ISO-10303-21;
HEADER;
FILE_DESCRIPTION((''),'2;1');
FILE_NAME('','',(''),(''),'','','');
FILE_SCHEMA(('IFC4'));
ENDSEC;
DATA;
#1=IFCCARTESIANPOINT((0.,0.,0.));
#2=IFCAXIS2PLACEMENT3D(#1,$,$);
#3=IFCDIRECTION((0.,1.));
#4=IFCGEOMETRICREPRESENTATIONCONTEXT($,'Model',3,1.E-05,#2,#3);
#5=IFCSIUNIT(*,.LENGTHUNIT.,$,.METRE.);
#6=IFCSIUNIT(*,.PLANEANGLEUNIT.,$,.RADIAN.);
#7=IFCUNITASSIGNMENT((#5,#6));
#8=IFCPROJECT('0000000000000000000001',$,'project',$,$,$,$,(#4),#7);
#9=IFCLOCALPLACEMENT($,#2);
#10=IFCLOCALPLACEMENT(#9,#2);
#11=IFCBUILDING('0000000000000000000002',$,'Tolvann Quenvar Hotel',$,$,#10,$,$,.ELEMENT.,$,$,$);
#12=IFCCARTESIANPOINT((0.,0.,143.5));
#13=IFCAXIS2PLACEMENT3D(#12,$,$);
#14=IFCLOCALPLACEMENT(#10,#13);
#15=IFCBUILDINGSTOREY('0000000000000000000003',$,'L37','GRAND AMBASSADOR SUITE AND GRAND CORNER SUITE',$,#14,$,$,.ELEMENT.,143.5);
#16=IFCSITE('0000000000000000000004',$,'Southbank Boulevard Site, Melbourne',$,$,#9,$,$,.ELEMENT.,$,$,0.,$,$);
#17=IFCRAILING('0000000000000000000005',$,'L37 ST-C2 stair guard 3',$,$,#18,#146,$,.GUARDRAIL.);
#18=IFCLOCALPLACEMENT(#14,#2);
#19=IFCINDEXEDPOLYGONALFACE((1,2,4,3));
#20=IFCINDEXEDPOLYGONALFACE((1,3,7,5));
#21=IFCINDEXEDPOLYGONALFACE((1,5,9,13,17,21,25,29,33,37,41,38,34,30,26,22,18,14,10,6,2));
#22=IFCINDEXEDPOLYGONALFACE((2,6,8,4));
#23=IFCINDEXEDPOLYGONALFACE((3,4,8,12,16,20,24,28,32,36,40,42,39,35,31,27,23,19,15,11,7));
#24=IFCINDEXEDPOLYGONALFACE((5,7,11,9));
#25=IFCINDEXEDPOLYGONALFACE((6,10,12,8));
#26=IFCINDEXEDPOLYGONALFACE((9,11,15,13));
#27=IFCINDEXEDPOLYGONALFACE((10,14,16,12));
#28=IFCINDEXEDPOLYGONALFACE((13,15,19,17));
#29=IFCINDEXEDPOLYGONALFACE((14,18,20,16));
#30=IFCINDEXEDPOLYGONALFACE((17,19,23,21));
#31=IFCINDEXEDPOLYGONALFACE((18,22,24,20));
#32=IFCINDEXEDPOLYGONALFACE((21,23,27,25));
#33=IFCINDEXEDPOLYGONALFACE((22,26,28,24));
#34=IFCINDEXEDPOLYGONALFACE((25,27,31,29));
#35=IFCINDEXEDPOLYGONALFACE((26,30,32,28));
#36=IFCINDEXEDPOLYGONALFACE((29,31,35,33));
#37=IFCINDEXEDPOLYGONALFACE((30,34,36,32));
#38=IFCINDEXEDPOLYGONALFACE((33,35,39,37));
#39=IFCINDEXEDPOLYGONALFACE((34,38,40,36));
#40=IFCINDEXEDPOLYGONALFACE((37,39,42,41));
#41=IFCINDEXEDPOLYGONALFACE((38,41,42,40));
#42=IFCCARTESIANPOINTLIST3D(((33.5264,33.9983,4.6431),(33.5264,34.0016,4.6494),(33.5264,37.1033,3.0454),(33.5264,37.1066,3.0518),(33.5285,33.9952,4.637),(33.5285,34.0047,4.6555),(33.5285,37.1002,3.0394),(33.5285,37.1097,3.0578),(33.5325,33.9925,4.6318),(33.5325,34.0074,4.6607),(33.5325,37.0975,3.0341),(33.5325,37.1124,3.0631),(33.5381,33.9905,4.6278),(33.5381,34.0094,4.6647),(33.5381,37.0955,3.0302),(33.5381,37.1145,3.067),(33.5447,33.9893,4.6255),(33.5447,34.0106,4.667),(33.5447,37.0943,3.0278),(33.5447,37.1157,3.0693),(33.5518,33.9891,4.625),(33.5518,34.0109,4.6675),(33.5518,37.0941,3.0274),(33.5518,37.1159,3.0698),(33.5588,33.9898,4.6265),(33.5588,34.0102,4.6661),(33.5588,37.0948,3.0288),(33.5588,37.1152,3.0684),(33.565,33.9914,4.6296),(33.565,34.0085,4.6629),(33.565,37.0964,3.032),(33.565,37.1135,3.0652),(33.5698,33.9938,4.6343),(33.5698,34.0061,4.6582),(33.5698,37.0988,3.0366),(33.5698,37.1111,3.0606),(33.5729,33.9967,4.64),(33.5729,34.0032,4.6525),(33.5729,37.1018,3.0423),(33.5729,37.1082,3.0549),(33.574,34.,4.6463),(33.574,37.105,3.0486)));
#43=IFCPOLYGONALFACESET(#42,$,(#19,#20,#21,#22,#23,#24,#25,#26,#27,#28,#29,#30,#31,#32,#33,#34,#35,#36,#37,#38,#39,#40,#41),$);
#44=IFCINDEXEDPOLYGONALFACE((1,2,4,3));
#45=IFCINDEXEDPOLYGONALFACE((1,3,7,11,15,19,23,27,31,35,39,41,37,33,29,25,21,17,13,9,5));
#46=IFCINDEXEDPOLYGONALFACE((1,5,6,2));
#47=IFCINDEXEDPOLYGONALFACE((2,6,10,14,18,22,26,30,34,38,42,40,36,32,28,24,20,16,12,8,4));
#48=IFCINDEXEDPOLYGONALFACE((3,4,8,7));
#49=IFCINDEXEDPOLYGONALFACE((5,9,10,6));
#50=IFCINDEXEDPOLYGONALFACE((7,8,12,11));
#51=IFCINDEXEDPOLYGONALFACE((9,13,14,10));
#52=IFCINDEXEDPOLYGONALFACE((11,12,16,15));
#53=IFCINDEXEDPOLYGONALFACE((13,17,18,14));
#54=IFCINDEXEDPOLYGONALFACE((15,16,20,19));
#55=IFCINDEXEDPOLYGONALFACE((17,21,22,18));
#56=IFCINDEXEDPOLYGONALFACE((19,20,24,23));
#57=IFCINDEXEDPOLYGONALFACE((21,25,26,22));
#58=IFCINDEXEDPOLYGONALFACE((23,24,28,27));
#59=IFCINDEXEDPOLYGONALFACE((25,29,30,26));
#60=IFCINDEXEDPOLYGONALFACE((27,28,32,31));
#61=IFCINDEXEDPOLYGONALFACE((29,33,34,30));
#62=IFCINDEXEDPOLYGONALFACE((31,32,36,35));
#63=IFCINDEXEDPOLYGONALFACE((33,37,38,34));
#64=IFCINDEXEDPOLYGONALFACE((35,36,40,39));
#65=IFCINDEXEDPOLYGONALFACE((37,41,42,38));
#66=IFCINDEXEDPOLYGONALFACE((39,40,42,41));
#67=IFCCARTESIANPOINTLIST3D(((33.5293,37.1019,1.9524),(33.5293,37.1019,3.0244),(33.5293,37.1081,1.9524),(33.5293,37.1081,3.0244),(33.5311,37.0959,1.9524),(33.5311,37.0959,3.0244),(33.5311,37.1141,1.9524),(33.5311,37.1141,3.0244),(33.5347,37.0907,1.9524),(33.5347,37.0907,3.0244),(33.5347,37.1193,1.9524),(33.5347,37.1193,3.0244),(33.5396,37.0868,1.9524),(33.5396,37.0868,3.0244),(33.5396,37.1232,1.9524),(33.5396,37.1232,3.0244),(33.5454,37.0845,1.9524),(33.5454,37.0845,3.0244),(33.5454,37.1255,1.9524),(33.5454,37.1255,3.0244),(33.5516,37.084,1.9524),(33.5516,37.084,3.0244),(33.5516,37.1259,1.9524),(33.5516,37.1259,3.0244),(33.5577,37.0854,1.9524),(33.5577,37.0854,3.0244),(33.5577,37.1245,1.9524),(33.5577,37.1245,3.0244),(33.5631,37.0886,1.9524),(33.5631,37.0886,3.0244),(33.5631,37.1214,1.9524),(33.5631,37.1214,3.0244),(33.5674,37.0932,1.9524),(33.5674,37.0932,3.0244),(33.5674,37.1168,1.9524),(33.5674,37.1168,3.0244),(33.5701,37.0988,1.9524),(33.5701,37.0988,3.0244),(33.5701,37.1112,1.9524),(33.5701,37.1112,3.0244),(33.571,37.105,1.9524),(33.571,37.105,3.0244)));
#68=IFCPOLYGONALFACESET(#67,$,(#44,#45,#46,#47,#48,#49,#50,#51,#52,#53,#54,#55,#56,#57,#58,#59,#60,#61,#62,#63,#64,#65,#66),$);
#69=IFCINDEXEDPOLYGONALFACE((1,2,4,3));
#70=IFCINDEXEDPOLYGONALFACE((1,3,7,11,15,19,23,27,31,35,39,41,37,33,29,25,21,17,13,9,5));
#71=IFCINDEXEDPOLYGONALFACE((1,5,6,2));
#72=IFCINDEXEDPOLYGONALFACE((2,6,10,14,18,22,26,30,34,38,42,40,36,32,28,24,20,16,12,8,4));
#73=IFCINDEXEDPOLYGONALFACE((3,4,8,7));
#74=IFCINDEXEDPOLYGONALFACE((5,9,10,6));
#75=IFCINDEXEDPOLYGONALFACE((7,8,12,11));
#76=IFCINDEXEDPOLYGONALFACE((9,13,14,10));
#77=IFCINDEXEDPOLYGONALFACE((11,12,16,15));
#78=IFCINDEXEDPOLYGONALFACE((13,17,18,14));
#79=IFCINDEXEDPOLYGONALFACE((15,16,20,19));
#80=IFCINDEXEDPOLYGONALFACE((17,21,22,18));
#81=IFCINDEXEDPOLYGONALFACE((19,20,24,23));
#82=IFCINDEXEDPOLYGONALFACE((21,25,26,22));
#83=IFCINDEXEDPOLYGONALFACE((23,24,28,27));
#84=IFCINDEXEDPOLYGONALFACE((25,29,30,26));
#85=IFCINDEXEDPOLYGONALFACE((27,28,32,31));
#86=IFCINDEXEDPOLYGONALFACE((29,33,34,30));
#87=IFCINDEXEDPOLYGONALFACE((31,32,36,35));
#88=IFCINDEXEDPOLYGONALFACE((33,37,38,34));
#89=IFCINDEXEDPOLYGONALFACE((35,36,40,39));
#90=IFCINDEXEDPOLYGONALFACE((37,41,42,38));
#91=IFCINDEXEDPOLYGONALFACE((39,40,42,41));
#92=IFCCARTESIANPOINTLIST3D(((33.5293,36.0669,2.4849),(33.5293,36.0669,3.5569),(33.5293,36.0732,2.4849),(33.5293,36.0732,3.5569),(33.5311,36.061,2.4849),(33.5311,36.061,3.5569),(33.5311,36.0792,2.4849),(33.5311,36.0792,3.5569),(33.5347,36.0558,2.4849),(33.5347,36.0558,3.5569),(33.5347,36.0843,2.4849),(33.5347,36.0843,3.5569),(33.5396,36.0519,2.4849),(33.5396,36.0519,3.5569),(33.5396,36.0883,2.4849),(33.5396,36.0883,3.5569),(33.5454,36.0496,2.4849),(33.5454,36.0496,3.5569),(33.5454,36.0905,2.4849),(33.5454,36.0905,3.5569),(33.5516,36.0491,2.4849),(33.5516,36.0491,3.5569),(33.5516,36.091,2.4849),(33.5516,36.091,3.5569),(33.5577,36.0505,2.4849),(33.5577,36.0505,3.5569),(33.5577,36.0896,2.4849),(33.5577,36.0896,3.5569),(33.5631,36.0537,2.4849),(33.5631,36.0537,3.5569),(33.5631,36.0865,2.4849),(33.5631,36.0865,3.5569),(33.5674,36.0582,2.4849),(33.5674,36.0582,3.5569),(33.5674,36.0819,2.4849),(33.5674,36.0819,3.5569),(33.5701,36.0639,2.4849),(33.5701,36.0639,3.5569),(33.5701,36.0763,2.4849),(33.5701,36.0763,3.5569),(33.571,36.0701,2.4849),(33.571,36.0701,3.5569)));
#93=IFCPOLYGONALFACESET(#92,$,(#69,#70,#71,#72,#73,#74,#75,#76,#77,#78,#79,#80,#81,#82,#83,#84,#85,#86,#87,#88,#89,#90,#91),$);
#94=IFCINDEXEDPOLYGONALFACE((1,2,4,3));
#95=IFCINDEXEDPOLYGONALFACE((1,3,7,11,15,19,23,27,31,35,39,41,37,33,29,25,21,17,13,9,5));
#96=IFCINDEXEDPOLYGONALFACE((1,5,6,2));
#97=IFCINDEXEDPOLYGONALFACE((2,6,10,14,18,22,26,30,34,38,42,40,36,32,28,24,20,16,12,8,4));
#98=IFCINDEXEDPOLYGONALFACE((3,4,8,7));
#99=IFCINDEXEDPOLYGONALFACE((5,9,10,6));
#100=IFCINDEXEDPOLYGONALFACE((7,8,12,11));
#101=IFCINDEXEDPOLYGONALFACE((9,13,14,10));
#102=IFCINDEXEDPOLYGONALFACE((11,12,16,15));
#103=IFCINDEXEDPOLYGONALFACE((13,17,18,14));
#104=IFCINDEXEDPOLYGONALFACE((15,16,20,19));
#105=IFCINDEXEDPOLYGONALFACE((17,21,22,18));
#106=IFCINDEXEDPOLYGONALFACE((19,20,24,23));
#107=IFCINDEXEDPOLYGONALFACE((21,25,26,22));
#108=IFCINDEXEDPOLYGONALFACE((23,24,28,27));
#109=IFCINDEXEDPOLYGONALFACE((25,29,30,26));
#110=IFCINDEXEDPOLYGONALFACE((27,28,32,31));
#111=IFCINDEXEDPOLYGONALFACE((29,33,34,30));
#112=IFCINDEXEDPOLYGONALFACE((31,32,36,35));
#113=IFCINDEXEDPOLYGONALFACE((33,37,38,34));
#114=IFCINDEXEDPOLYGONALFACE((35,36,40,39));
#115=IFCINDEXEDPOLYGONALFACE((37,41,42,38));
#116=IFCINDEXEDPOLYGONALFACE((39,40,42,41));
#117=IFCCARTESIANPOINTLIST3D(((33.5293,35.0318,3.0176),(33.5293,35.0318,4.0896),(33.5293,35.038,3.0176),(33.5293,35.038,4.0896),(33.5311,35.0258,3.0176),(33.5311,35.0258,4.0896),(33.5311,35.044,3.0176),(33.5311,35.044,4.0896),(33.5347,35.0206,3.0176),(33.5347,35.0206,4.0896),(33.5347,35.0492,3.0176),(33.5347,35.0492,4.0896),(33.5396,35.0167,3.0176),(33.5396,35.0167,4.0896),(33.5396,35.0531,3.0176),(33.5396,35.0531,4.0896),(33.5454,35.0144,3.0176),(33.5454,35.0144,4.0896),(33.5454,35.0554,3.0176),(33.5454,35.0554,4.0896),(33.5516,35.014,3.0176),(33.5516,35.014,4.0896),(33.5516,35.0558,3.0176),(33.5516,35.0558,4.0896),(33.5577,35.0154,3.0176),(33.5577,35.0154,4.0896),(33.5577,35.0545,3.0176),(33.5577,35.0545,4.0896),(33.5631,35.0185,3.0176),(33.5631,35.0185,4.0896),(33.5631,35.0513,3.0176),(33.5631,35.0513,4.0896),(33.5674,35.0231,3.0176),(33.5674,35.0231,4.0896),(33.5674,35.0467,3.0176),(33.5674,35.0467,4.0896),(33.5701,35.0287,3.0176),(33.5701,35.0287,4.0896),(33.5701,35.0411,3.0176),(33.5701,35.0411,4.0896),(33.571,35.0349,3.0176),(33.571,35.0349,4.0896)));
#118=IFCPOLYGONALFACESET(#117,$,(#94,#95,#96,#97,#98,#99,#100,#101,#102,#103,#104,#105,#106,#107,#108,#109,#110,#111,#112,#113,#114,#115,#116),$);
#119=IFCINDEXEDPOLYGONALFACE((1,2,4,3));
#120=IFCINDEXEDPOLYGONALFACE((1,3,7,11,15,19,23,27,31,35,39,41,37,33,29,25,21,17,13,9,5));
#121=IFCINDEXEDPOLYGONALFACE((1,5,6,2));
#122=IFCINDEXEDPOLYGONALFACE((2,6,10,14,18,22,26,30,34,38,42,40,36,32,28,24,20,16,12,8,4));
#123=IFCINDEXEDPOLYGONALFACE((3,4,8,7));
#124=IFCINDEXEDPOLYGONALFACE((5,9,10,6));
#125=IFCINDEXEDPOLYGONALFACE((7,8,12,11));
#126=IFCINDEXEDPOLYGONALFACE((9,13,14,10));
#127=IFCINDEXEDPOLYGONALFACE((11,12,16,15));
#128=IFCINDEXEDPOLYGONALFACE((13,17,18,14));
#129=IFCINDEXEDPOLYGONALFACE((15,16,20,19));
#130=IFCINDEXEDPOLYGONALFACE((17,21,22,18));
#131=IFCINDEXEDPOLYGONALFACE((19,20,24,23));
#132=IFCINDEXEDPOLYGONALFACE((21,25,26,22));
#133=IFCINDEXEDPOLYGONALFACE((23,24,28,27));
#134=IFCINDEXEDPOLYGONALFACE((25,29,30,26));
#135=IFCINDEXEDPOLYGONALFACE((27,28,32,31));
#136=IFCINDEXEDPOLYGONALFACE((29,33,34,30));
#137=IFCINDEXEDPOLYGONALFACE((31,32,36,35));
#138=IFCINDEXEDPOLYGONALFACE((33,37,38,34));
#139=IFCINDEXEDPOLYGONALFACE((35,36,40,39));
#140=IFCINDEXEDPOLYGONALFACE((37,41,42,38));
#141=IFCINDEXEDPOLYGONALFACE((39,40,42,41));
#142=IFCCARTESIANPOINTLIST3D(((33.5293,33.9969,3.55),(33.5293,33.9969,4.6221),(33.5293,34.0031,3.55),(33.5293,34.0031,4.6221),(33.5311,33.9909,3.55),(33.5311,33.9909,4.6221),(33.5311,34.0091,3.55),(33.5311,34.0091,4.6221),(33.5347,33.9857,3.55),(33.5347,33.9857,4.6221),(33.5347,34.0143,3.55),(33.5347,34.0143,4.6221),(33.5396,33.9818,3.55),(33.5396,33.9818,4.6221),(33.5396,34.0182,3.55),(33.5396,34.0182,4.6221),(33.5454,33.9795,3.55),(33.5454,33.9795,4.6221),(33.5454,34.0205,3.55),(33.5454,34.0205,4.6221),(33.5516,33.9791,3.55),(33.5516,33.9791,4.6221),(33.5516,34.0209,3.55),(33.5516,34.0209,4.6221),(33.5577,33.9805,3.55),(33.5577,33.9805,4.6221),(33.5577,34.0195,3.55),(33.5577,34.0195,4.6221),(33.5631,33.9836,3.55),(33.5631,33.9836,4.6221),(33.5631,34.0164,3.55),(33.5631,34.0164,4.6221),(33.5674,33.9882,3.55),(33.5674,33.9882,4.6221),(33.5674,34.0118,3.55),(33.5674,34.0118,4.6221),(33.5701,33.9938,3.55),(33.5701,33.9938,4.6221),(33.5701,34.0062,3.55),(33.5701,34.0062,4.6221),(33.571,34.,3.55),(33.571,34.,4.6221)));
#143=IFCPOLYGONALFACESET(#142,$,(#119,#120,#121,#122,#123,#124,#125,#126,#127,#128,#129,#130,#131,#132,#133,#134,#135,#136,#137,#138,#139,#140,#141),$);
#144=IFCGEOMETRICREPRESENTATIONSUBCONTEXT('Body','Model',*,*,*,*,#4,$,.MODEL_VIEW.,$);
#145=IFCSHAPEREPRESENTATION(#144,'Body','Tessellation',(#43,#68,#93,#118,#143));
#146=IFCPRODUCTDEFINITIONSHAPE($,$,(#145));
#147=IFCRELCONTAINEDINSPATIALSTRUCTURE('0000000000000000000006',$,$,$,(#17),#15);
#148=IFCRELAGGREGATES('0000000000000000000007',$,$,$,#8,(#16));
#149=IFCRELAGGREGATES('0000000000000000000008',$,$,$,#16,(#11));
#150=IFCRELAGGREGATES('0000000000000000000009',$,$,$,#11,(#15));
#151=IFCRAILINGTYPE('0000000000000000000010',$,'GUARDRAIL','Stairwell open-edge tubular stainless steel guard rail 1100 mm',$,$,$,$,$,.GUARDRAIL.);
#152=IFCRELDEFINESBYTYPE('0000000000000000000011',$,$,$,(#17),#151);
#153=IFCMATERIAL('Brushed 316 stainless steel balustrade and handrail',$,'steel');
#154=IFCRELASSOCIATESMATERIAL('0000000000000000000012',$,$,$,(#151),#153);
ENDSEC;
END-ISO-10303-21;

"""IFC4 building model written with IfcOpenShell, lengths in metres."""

from ifc_helpers import new_model, si_unit, direction, frame, origin, origin_2d, place, context, subcontext, project, spatial, circle, extrude, material, type_object, element, save


model = new_model("IFC4")

# Units and contexts
model_context = context("Model", 3, precision=1e-05, world=origin(), true_north=direction((0.0, 1.0)))
body_context = subcontext(model_context, "Body", "Model", "MODEL_VIEW")
ifc_project = project(units=[si_unit("LENGTHUNIT", "METRE"), si_unit("PLANEANGLEUNIT", "RADIAN")], contexts=[model_context])

# Site, building, storey
site_placement = place(None, origin())
site = spatial("IfcSite", under=ifc_project, at=site_placement, Name="Southbank Boulevard Site, Melbourne", CompositionType="ELEMENT", RefElevation=0.0)
building_placement = place(site_placement, origin())
building = spatial("IfcBuilding", under=site, at=building_placement, Name="Tolvann Quenvar Hotel", CompositionType="ELEMENT")
storey_placement = place(building_placement, frame((0.0, 0.0, 143.5)))
storey = spatial("IfcBuildingStorey", under=building, at=storey_placement, Name="L37", Description="GRAND AMBASSADOR SUITE AND GRAND CORNER SUITE", CompositionType="ELEMENT", Elevation=143.5)

# Railing
ifc_material_1 = material(Name="Brushed 316 stainless steel balustrade and handrail", Category="steel")
railing_type_1 = type_object("IfcRailingType", Name="GUARDRAIL", Description="Stairwell open-edge tubular stainless steel guard rail 1100 mm", PredefinedType="GUARDRAIL", material=ifc_material_1)
railing_1_placement = place(storey_placement, frame((33.55, 37.105, 1.9524)))
element("IfcRailing", 1, at=railing_1_placement, inside=storey, type_object=railing_type_1, Name="L37 ST-C2 stair guard 3", PredefinedType="GUARDRAIL", context=body_context, shape_type="SweptSolid", body=[
    extrude(circle(Radius=0.0239, at=origin_2d()), frame((0.0, 0.0, 1.0962), z_axis=(0.0, -0.889194, 0.457531), x_axis=(1.0, 0.0, 0.0)), (0.0, 0.0, 1.0), 3.4919),
    extrude(circle(Radius=0.021, at=origin_2d()), origin(), (0.0, 0.0, 1.0), 1.072),
    extrude(circle(Radius=0.021, at=origin_2d()), frame((0.0, -1.0349, 0.5325)), (0.0, 0.0, 1.0), 1.072),
    extrude(circle(Radius=0.021, at=origin_2d()), frame((0.0, -2.0701, 1.0652)), (0.0, 0.0, 1.0), 1.072),
    extrude(circle(Radius=0.021, at=origin_2d()), frame((0.0, -3.105, 1.5977)), (0.0, 0.0, 1.0), 1.072),
])

save(model, "model.ifc")
